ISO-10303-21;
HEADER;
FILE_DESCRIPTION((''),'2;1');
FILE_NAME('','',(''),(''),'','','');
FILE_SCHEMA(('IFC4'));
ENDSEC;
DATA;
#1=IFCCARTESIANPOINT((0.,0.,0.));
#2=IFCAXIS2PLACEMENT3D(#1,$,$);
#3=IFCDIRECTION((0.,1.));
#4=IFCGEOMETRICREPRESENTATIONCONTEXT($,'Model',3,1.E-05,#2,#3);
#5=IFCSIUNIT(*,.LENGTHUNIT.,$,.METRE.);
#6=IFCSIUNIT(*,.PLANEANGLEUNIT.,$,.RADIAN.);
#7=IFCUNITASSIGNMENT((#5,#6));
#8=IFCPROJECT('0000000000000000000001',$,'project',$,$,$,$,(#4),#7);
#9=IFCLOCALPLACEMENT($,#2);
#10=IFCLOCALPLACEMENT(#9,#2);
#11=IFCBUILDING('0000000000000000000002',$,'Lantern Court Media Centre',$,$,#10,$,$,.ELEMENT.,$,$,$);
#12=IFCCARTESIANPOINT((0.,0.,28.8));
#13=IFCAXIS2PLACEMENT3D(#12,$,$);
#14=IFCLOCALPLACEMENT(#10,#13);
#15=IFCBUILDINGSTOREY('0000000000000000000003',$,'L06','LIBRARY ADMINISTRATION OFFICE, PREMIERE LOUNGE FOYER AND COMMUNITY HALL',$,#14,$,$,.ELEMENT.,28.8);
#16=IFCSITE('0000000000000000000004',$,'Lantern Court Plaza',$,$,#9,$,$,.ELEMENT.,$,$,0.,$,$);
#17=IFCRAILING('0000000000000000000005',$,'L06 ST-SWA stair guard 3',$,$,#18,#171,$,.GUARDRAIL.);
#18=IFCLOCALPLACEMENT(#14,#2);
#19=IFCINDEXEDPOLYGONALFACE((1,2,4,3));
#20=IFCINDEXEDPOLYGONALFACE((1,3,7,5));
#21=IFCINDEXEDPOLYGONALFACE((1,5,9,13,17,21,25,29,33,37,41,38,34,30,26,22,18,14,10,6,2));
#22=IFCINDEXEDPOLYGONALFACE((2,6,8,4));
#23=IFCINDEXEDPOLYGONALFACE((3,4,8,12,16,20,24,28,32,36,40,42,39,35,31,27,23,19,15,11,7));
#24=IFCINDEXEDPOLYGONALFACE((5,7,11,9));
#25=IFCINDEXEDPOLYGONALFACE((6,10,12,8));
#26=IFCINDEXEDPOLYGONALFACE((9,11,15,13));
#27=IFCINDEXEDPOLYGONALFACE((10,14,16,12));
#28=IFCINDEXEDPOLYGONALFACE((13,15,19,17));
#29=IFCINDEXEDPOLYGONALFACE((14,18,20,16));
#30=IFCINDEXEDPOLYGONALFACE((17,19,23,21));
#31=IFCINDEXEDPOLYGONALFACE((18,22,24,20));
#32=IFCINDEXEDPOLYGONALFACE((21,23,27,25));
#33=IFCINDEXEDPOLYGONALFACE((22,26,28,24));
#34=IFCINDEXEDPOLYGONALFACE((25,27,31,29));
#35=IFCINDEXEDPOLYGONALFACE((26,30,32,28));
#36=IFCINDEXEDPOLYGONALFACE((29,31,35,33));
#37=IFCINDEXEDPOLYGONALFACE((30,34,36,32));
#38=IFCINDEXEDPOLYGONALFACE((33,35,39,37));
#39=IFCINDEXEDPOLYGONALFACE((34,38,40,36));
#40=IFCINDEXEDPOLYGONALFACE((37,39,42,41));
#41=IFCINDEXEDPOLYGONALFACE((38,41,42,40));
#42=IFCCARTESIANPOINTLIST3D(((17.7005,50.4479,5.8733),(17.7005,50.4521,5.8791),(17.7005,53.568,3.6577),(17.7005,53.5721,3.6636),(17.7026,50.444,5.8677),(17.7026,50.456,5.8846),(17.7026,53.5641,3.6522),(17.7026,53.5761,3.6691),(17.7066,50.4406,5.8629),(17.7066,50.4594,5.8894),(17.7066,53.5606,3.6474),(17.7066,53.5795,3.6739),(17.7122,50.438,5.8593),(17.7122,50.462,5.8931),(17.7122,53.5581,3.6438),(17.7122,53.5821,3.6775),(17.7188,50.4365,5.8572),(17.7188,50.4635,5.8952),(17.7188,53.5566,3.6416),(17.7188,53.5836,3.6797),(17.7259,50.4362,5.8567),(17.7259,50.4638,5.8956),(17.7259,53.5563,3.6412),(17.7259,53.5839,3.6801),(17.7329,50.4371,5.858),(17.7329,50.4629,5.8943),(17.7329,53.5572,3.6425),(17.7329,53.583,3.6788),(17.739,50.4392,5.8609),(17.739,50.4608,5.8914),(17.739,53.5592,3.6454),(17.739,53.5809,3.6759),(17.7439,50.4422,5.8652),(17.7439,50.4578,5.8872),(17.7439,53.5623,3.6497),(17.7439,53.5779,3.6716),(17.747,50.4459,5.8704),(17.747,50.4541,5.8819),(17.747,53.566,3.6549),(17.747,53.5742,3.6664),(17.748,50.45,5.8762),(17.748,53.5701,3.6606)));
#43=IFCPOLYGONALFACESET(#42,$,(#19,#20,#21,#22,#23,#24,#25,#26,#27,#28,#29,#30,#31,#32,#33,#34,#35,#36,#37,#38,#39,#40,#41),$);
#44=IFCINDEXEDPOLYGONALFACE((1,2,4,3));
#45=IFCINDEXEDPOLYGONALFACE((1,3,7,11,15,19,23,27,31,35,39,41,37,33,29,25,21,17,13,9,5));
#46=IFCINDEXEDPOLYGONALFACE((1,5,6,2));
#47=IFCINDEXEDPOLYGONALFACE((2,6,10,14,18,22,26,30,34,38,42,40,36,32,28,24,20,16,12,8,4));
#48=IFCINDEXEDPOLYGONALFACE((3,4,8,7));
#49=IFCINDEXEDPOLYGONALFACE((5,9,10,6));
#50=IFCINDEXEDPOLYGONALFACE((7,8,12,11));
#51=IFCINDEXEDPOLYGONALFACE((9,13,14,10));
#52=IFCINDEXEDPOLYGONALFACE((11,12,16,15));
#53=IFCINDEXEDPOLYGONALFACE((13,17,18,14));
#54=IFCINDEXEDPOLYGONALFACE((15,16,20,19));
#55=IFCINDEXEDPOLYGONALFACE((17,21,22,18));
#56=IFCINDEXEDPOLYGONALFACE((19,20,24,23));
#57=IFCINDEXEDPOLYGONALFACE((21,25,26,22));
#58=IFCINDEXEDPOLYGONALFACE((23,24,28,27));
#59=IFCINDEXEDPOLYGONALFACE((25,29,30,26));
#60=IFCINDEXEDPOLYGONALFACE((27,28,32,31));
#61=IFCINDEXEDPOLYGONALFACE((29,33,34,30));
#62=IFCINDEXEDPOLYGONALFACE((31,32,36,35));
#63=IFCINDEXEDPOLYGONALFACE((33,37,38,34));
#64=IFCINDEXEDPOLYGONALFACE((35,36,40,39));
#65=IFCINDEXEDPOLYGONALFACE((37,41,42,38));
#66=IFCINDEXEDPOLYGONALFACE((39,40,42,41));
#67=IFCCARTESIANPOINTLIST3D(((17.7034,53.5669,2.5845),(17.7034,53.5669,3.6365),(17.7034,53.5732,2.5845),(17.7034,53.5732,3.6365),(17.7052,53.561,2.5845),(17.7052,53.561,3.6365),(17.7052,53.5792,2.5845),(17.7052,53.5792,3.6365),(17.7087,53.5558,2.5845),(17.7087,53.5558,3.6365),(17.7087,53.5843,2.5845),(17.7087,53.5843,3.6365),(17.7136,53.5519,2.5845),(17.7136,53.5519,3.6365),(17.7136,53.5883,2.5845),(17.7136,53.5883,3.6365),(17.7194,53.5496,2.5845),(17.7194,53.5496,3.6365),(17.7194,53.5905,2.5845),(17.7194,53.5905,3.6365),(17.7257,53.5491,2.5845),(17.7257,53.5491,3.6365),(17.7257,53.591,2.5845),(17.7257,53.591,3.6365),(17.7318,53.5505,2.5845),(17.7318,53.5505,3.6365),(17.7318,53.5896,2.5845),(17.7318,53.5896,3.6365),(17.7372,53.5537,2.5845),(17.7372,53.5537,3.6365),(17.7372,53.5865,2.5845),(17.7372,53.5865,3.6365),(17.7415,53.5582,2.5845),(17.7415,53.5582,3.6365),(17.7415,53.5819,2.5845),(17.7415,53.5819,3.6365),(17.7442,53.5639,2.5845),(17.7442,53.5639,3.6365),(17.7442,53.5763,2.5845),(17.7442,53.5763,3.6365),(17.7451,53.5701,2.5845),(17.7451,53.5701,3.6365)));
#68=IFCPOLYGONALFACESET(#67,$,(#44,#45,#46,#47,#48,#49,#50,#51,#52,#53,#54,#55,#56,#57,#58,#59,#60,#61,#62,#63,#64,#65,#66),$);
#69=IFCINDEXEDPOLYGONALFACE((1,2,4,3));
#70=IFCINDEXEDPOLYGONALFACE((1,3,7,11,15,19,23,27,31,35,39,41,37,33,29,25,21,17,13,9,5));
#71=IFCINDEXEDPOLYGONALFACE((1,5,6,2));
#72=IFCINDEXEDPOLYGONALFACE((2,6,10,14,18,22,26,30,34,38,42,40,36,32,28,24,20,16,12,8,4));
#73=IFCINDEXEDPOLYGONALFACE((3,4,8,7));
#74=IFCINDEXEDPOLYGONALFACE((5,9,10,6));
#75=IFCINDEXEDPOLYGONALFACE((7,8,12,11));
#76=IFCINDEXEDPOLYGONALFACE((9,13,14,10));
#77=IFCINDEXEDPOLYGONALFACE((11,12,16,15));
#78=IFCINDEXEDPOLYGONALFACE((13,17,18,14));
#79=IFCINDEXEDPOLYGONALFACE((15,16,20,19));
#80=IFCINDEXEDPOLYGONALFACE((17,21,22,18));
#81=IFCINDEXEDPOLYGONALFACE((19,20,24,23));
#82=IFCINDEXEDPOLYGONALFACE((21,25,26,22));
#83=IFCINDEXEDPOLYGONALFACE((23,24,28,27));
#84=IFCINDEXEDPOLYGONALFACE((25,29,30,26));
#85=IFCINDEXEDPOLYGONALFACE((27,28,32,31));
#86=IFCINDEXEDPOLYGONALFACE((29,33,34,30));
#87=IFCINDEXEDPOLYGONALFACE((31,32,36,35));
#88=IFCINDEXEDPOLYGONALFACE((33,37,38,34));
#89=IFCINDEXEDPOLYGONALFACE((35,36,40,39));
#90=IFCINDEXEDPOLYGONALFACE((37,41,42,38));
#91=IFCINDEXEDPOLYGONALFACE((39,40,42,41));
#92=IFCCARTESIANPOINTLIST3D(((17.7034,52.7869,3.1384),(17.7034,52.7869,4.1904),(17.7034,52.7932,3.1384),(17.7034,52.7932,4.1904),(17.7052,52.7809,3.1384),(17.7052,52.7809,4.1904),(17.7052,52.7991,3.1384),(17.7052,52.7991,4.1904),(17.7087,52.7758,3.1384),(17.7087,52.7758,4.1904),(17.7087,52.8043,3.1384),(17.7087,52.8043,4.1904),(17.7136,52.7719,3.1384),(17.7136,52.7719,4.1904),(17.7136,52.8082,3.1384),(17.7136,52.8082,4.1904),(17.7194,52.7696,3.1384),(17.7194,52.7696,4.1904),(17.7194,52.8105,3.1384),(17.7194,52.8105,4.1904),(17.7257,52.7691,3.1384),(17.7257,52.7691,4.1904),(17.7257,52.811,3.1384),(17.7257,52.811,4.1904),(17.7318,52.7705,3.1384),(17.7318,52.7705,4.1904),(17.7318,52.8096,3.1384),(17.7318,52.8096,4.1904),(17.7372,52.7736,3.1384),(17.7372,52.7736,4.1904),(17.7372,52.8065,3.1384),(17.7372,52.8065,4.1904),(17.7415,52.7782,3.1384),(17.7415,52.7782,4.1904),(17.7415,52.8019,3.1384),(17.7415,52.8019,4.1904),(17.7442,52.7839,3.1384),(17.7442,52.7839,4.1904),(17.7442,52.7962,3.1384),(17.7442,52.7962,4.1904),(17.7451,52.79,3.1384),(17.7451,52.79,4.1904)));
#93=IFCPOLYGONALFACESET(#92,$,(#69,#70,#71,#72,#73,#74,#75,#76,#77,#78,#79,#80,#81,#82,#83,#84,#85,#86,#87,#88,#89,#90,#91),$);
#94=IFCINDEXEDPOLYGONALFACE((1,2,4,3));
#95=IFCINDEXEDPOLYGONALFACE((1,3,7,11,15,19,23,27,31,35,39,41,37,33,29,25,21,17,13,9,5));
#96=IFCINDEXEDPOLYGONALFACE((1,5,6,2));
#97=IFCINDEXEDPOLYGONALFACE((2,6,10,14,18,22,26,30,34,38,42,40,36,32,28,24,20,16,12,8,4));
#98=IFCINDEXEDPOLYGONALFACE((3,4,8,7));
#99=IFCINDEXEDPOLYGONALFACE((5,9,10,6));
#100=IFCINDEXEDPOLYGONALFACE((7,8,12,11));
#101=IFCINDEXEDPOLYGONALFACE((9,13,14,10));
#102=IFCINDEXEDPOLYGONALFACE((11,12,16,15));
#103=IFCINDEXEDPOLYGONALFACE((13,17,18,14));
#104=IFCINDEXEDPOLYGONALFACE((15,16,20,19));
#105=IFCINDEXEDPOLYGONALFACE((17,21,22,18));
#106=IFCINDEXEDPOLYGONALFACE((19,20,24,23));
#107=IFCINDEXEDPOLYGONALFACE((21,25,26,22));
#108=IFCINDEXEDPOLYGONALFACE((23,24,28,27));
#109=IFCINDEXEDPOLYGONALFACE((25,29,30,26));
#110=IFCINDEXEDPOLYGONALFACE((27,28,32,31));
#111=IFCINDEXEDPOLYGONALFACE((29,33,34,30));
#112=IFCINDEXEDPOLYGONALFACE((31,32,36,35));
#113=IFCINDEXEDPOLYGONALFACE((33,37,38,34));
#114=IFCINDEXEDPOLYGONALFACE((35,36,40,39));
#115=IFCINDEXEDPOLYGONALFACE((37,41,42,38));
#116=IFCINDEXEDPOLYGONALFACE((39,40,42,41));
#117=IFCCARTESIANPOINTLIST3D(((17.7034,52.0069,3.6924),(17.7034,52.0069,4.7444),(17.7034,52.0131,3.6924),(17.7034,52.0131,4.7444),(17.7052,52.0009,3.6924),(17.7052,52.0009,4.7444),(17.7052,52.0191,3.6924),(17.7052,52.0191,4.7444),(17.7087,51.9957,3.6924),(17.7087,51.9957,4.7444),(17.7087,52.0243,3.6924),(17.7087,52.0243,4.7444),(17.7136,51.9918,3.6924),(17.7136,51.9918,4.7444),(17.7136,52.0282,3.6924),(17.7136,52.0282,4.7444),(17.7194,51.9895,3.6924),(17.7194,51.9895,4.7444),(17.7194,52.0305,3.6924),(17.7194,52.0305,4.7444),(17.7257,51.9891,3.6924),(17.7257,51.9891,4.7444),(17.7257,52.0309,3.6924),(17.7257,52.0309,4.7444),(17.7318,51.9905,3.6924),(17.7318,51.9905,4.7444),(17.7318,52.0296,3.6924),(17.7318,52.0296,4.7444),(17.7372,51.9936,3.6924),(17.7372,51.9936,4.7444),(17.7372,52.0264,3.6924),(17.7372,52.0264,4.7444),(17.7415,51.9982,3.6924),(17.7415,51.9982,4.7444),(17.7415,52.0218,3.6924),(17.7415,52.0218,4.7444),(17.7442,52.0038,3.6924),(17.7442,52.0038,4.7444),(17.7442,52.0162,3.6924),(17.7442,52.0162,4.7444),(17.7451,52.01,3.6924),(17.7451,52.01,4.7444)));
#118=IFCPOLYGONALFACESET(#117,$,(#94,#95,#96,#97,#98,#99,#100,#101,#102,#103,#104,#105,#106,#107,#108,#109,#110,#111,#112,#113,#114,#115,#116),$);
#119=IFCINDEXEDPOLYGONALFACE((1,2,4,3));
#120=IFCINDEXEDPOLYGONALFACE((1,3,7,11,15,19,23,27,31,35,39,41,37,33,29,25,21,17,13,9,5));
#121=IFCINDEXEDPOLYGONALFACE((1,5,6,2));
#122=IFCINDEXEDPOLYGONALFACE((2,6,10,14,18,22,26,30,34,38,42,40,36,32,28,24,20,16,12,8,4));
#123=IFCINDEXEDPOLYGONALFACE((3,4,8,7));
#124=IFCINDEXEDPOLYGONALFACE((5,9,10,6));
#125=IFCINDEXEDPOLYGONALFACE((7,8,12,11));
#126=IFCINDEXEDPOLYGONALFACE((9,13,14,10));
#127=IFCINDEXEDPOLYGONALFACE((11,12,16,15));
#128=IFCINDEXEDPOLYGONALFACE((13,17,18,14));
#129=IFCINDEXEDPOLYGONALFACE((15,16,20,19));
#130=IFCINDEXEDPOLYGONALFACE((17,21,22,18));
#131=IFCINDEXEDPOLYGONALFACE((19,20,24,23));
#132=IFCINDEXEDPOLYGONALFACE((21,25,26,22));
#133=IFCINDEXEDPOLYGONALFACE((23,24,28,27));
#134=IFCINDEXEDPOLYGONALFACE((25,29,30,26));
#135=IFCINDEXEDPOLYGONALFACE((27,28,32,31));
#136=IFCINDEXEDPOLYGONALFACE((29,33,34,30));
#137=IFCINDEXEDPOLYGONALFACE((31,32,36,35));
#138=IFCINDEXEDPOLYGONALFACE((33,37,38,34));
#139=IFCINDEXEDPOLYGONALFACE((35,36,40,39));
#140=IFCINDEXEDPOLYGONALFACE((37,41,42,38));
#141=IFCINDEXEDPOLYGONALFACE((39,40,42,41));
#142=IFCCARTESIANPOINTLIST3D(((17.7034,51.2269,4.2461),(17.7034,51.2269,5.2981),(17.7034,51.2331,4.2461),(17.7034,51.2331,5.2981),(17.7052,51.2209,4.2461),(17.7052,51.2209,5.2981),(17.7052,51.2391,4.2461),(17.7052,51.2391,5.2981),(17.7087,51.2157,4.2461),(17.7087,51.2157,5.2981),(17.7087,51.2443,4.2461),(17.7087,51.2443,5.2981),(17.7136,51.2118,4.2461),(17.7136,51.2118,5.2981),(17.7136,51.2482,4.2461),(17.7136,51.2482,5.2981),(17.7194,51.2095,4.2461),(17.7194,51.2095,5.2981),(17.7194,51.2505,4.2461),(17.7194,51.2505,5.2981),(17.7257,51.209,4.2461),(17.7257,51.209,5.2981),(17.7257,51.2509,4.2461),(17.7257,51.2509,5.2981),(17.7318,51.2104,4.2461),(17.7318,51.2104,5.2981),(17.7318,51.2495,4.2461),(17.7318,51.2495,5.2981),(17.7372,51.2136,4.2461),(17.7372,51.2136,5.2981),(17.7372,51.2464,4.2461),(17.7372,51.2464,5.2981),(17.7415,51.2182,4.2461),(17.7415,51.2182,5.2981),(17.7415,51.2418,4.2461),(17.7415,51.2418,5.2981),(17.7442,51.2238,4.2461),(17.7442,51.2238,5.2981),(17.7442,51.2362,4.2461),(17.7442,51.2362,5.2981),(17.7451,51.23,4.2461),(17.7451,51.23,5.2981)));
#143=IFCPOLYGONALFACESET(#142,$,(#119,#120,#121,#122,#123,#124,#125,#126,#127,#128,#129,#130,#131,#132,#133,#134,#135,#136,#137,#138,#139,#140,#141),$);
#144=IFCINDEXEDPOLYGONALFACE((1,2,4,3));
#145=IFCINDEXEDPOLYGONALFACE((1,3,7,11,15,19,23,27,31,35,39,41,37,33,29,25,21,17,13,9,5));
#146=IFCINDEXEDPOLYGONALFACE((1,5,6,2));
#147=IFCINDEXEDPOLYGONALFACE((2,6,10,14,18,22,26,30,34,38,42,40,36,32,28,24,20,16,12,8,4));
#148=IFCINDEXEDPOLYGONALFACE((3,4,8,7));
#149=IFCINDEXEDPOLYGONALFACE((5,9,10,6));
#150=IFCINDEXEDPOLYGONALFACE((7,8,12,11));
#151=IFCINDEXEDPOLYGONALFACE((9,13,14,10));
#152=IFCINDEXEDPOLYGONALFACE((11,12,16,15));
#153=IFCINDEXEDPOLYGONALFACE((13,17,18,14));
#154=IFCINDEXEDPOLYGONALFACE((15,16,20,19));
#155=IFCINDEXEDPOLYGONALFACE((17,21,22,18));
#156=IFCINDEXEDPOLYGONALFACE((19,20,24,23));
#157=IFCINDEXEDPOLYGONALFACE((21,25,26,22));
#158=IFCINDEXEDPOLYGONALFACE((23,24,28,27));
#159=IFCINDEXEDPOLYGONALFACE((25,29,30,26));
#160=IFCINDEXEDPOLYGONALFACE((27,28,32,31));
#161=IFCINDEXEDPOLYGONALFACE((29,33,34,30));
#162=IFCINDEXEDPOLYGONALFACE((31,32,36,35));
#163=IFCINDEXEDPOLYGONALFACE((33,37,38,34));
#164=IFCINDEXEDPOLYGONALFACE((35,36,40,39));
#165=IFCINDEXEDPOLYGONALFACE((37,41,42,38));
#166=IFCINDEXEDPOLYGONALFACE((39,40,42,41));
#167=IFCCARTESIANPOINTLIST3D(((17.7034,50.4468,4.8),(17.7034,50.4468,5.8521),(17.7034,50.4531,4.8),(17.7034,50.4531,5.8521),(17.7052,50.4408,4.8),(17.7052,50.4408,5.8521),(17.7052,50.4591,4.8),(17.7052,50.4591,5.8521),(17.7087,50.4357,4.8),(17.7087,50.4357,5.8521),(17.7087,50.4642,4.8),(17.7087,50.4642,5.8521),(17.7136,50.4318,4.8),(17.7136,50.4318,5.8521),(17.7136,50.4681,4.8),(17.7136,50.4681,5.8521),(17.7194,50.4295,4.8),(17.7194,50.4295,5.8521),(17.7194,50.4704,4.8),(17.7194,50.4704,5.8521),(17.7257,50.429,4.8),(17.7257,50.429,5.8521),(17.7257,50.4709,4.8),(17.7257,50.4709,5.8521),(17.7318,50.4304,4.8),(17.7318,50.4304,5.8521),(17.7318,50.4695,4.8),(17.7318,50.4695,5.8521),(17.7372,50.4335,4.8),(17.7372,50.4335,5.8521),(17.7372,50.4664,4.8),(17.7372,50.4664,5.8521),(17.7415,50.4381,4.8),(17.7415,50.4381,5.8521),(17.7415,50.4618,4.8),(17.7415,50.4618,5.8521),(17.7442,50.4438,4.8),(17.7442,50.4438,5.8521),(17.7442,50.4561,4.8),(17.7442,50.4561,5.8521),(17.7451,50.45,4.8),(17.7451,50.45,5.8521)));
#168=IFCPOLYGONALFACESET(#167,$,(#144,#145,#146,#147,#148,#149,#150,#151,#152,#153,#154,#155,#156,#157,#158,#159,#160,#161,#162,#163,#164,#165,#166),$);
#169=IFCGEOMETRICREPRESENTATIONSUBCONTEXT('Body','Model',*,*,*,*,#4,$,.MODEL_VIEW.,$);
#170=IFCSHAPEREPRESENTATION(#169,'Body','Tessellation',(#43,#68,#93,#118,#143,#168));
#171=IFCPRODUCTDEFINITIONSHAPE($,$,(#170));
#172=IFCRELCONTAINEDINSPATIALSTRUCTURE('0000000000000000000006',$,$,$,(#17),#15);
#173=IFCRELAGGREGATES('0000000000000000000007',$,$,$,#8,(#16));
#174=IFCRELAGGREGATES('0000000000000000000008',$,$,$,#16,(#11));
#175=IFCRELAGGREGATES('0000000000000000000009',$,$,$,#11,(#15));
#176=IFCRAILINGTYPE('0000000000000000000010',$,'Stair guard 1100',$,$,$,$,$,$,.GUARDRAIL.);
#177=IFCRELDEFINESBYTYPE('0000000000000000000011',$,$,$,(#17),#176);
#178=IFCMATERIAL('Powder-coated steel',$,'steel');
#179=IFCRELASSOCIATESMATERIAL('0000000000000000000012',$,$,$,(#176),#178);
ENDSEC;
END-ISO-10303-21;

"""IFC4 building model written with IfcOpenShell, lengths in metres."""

from ifc_helpers import new_model, si_unit, direction, frame, origin, origin_2d, place, context, subcontext, project, spatial, circle, extrude, material, type_object, element, save


model = new_model("IFC4")

# Units and contexts
model_context = context("Model", 3, precision=1e-05, world=origin(), true_north=direction((0.0, 1.0)))
body_context = subcontext(model_context, "Body", "Model", "MODEL_VIEW")
ifc_project = project(units=[si_unit("LENGTHUNIT", "METRE"), si_unit("PLANEANGLEUNIT", "RADIAN")], contexts=[model_context])

# Site, building, storey
site_placement = place(None, origin())
site = spatial("IfcSite", under=ifc_project, at=site_placement, Name="Lantern Court Plaza", CompositionType="ELEMENT", RefElevation=0.0)
building_placement = place(site_placement, origin())
building = spatial("IfcBuilding", under=site, at=building_placement, Name="Lantern Court Media Centre", CompositionType="ELEMENT")
storey_placement = place(building_placement, frame((0.0, 0.0, 28.8)))
storey = spatial("IfcBuildingStorey", under=building, at=storey_placement, Name="L06", Description="LIBRARY ADMINISTRATION OFFICE, PREMIERE LOUNGE FOYER AND COMMUNITY HALL", CompositionType="ELEMENT", Elevation=28.8)

# Shared definitions
ifc_material_1 = material(Name="Powder-coated steel", Category="steel")

# Railing
railing_type_1 = type_object("IfcRailingType", Name="Stair guard 1100", PredefinedType="GUARDRAIL", material=ifc_material_1)
railing_1_placement = place(storey_placement, frame((17.7241, 53.5701, 2.5845)))
element("IfcRailing", 1, at=railing_1_placement, inside=storey, type_object=railing_type_1, Name="L06 ST-SWA stair guard 3", PredefinedType="GUARDRAIL", context=body_context, shape_type="SweptSolid", body=[
    extrude(circle(Radius=0.0239, at=origin_2d()), frame((0.0, 0.0, 1.0762), z_axis=(0.0, -0.815347, 0.578973), x_axis=(1.0, 0.0, 0.0)), (0.0, 0.0, 1.0), 3.8267),
    extrude(circle(Radius=0.021, at=origin_2d()), origin(), (0.0, 0.0, 1.0), 1.052),
    extrude(circle(Radius=0.021, at=origin_2d()), frame((0.0, -0.78, 0.554)), (0.0, 0.0, 1.0), 1.052),
    extrude(circle(Radius=0.021, at=origin_2d()), frame((0.0, -1.5601, 1.1079)), (0.0, 0.0, 1.0), 1.052),
    extrude(circle(Radius=0.021, at=origin_2d()), frame((0.0, -2.3401, 1.6616)), (0.0, 0.0, 1.0), 1.052),
    extrude(circle(Radius=0.021, at=origin_2d()), frame((0.0, -3.1201, 2.2156)), (0.0, 0.0, 1.0), 1.052),
])

save(model, "model.ifc")
